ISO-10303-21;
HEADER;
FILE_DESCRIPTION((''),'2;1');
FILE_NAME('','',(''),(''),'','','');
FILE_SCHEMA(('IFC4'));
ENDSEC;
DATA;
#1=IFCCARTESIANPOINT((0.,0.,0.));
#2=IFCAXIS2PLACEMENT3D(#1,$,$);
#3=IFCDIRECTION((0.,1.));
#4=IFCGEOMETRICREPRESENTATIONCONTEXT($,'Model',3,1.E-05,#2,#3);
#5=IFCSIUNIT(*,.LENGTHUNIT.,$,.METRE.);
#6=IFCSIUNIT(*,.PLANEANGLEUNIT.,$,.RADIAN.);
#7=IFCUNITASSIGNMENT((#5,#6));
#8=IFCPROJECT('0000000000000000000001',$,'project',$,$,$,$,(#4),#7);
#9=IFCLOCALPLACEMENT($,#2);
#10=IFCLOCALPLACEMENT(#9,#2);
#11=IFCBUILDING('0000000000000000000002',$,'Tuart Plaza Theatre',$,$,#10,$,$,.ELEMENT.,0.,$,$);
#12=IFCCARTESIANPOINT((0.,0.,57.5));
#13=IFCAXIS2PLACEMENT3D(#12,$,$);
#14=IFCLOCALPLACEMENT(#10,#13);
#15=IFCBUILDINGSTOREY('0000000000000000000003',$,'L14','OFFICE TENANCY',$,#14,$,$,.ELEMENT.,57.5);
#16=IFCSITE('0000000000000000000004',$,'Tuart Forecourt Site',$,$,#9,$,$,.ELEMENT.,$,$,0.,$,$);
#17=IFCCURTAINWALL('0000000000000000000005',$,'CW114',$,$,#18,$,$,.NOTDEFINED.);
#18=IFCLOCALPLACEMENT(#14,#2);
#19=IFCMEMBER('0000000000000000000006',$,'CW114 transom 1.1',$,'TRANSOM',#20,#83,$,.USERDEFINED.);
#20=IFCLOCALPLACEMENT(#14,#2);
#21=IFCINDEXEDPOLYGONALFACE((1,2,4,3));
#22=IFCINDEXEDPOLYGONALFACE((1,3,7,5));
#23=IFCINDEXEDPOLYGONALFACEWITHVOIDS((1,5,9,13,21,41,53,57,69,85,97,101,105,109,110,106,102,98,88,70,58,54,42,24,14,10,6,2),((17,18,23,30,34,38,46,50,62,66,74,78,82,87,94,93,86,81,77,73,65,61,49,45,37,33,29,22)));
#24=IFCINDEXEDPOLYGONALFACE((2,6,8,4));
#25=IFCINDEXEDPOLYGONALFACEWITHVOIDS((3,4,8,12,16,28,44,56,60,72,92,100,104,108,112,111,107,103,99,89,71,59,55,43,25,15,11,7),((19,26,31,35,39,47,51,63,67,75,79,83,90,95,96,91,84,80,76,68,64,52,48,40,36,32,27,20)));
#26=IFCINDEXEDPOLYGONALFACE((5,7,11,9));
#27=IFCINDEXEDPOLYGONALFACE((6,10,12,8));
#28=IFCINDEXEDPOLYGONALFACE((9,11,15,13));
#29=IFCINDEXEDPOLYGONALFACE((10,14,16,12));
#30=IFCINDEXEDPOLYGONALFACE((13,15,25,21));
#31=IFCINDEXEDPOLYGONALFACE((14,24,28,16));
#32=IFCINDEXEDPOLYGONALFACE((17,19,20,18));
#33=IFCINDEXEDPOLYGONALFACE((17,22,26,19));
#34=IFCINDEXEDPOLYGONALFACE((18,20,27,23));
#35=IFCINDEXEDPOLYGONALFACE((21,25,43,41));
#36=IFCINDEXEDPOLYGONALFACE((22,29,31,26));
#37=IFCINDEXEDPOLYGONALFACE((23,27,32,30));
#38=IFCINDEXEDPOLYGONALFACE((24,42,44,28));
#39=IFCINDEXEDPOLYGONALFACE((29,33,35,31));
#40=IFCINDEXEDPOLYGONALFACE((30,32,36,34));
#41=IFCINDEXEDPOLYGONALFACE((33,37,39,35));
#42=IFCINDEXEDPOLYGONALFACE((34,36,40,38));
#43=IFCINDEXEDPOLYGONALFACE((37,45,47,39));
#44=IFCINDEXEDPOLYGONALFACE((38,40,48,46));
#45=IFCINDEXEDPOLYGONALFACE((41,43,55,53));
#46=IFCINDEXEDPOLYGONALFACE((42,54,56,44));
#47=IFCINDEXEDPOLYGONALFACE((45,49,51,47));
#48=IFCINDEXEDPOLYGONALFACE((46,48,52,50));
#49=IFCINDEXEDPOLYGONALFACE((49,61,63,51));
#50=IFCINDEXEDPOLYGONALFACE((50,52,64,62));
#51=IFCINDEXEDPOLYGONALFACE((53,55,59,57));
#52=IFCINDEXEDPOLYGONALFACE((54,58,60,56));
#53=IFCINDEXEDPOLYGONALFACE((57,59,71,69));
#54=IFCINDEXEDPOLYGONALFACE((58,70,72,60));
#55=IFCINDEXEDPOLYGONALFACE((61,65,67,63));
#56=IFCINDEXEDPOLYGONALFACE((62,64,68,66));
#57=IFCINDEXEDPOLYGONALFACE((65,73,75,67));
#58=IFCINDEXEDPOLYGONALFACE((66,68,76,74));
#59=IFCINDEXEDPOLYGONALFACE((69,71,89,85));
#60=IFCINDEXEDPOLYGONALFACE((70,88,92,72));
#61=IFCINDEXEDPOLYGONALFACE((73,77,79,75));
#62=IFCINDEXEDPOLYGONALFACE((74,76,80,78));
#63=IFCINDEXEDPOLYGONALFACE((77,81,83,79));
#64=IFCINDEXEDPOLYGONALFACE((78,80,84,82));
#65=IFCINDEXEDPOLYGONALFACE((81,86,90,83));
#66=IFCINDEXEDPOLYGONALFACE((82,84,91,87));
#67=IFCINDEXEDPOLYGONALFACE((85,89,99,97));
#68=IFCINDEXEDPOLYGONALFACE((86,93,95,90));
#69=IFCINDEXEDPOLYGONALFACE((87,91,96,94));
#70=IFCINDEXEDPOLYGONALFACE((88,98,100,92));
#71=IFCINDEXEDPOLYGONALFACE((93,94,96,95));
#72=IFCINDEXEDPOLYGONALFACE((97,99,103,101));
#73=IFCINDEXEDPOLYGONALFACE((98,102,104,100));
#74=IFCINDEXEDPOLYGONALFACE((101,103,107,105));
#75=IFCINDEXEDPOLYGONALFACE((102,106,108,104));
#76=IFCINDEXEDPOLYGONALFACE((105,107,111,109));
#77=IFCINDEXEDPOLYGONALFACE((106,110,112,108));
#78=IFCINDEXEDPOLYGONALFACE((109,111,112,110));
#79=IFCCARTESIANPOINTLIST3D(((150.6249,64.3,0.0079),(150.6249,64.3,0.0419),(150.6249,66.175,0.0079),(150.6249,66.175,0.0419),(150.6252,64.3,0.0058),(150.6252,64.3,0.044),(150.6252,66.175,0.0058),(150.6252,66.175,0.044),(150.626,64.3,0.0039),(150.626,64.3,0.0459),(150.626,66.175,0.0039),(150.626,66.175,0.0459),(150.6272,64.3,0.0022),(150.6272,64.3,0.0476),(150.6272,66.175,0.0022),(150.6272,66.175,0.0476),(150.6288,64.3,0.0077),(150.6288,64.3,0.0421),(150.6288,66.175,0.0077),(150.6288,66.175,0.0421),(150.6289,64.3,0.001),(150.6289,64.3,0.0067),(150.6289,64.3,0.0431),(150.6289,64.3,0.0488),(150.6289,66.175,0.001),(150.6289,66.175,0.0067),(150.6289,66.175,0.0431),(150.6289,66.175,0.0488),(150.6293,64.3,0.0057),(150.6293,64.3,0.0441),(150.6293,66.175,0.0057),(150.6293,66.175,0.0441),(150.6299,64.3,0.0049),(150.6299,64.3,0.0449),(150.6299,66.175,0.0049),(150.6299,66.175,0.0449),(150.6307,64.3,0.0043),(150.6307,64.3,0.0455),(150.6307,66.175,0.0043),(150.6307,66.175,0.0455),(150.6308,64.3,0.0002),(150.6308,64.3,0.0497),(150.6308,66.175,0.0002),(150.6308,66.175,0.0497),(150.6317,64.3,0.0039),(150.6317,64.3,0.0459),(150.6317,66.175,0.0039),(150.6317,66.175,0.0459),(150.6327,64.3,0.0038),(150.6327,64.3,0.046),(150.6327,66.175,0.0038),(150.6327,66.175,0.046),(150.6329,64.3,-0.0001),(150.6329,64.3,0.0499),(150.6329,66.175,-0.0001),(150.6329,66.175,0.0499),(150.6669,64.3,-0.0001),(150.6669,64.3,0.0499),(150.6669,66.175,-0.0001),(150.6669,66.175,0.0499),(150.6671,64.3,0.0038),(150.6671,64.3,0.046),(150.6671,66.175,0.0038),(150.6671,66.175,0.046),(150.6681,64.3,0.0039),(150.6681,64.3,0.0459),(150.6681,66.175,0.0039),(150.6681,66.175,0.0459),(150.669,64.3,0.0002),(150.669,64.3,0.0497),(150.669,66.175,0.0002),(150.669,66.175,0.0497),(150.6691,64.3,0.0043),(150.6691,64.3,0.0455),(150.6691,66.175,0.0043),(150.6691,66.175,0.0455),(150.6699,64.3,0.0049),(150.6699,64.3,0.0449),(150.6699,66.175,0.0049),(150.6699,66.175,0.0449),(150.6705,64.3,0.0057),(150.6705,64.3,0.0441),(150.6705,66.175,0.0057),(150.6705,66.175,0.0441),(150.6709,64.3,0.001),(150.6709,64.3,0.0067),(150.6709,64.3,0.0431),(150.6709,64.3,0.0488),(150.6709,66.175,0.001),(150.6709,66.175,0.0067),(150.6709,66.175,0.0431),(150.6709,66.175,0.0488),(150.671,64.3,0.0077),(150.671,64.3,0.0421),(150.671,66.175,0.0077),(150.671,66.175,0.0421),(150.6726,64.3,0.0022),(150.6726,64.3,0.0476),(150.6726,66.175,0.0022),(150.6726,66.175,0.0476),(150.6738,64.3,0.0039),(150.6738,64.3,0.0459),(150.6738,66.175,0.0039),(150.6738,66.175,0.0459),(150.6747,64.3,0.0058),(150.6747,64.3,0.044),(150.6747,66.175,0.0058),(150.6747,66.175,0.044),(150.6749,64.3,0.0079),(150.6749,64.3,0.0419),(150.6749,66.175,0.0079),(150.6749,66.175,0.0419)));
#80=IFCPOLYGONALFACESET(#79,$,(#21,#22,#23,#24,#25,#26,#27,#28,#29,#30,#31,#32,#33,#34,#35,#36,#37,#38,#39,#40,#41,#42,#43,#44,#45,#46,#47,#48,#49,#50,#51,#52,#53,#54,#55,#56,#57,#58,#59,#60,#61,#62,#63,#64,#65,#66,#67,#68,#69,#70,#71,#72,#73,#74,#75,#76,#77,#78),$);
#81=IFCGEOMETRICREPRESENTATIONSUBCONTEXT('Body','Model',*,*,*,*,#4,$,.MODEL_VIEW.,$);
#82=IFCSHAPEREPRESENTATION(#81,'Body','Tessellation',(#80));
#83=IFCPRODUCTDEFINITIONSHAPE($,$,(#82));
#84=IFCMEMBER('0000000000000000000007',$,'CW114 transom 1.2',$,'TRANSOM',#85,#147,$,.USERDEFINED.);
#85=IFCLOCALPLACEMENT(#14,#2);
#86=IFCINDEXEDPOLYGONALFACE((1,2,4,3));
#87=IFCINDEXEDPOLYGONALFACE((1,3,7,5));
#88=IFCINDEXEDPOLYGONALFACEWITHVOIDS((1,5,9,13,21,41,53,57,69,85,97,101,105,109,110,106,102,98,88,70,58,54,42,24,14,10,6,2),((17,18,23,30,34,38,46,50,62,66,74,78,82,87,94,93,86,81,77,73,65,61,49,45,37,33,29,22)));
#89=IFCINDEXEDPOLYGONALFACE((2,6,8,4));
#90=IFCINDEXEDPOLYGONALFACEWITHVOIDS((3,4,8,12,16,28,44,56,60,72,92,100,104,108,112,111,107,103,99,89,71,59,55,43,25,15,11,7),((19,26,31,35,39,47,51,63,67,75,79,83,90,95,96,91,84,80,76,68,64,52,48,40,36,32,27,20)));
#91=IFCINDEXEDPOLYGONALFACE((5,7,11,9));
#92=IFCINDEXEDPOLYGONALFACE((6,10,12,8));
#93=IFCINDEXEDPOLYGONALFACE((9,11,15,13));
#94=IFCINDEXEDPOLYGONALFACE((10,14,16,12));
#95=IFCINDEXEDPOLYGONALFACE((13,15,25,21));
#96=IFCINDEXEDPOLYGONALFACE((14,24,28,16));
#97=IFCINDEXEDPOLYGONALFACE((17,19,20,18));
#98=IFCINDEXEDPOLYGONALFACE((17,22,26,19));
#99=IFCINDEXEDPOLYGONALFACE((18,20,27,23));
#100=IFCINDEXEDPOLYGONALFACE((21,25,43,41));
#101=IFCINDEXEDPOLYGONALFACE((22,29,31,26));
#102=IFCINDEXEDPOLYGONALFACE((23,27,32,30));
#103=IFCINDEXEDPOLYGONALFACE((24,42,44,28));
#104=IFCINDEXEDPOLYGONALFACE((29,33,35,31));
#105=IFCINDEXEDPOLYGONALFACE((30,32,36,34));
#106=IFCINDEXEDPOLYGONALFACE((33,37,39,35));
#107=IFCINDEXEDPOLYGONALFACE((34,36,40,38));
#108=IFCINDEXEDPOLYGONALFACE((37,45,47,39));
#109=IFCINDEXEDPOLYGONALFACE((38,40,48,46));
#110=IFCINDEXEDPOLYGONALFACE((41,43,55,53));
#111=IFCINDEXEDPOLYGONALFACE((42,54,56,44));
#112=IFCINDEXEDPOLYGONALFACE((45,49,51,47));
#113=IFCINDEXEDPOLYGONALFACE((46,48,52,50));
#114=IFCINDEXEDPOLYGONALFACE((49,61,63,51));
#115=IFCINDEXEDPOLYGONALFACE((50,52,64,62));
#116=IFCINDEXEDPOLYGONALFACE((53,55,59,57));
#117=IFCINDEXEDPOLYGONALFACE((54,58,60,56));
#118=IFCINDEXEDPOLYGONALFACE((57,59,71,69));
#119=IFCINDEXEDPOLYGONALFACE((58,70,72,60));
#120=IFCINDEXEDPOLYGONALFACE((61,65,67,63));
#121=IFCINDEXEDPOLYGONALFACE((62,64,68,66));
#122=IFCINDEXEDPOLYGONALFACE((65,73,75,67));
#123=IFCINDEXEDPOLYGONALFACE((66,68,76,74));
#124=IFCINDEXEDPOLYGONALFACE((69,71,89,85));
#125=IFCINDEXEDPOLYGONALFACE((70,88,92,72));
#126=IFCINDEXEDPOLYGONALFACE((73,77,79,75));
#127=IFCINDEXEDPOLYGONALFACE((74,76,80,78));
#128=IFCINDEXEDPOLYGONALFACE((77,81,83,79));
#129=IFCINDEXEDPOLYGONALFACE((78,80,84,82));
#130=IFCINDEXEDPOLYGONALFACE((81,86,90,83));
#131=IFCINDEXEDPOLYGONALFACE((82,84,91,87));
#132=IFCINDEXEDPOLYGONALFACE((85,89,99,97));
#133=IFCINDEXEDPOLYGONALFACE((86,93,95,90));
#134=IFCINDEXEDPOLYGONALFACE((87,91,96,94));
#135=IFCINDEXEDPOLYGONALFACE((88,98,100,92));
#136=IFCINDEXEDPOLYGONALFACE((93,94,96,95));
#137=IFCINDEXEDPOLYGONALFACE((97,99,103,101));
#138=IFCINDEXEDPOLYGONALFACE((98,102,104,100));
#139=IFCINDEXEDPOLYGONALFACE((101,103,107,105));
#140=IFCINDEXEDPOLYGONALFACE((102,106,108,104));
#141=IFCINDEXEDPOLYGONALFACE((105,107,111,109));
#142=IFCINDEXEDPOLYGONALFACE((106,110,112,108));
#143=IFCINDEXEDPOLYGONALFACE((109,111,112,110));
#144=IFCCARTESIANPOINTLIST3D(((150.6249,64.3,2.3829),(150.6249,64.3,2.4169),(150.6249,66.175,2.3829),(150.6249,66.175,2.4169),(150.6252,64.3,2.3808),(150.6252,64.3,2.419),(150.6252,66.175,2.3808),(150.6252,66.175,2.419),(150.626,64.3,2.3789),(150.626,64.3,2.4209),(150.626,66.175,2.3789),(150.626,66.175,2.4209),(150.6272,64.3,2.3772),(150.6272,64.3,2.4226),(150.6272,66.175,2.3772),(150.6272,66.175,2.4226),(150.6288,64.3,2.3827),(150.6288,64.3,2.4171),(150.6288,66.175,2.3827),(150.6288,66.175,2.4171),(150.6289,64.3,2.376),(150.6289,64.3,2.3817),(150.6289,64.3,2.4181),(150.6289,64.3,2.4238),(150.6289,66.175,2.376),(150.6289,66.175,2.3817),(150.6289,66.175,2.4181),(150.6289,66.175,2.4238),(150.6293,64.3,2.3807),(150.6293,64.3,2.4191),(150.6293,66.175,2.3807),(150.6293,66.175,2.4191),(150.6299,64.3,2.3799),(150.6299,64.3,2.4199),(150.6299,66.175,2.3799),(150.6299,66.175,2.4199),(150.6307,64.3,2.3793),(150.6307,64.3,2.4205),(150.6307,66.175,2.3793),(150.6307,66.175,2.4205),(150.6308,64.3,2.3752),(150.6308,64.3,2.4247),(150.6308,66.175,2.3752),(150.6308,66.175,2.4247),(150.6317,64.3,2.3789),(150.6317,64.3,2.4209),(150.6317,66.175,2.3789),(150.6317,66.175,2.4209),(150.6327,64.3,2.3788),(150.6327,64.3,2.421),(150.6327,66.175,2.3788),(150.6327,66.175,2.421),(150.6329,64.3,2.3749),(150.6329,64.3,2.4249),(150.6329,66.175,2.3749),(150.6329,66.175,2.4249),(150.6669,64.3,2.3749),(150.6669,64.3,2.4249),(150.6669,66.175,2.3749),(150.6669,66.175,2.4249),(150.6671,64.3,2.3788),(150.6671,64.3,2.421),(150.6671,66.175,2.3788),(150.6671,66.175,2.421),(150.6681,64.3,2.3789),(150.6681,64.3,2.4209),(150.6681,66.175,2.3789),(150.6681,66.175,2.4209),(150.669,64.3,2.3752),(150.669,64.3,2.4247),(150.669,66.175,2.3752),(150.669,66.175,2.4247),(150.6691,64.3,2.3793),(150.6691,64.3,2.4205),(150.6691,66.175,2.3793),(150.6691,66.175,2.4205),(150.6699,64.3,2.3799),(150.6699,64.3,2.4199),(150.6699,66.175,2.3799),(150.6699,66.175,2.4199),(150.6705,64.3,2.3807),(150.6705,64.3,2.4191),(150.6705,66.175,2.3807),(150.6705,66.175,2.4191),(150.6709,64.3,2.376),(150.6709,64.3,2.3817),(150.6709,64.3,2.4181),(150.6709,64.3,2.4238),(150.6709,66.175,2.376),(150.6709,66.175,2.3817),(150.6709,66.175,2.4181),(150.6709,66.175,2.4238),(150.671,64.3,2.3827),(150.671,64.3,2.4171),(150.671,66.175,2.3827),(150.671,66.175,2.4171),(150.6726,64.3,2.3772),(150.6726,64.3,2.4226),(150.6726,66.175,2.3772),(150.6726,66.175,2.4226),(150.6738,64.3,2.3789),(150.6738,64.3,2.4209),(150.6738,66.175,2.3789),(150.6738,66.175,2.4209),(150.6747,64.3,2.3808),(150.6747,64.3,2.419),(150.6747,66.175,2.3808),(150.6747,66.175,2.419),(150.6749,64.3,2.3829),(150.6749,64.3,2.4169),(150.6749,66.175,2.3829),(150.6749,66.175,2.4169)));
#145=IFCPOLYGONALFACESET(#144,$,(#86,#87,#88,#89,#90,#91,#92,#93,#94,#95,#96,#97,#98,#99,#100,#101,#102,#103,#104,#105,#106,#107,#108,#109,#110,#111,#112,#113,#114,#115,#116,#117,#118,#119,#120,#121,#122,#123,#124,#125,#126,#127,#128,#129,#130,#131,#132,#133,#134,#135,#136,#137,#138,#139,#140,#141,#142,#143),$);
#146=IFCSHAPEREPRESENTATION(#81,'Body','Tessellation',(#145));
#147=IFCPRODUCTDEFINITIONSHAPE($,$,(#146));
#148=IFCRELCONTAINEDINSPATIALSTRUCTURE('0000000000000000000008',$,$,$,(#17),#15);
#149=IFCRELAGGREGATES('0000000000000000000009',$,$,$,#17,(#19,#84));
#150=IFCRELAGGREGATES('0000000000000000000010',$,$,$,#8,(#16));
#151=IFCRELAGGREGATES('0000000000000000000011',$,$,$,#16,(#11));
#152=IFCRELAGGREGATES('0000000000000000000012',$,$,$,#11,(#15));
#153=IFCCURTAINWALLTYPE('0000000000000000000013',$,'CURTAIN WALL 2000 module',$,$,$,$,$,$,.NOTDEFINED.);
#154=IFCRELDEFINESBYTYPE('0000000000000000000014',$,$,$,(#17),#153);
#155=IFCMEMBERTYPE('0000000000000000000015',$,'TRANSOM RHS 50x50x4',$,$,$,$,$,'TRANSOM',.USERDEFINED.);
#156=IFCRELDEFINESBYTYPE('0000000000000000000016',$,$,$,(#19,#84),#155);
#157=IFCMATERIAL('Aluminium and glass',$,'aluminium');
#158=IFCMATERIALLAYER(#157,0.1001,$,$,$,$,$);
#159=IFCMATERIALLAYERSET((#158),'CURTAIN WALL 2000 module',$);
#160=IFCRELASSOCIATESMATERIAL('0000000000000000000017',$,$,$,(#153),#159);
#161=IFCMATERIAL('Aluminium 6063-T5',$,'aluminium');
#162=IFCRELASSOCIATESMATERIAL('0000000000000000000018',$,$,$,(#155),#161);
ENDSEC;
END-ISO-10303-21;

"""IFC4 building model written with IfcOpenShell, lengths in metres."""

from ifc_helpers import new_model, si_unit, direction, frame, origin, origin_2d, place, context, subcontext, project, spatial, hollow_rectangle, extrude, material, layer, layer_set, material_profile, profile_set, type_object, element, aggregate, save


model = new_model("IFC4")

# Units and contexts
model_context = context("Model", 3, precision=1e-05, world=origin(), true_north=direction((0.0, 1.0)))
body_context = subcontext(model_context, "Body", "Model", "MODEL_VIEW")
ifc_project = project(units=[si_unit("LENGTHUNIT", "METRE"), si_unit("PLANEANGLEUNIT", "RADIAN")], contexts=[model_context])

# Site, building, storey
site_placement = place(None, origin())
site = spatial("IfcSite", under=ifc_project, at=site_placement, Name="Tuart Forecourt Site", CompositionType="ELEMENT", RefElevation=0.0)
building_placement = place(site_placement, origin())
building = spatial("IfcBuilding", under=site, at=building_placement, Name="Tuart Plaza Theatre", CompositionType="ELEMENT", ElevationOfRefHeight=0.0)
storey_placement = place(building_placement, frame((0.0, 0.0, 57.5)))
storey = spatial("IfcBuildingStorey", under=building, at=storey_placement, Name="L14", Description="OFFICE TENANCY", CompositionType="ELEMENT", Elevation=57.5)

# Shared definitions
ifc_material_1 = material(Name="Aluminium and glass", Category="aluminium")
ifc_layer_1 = layer(ifc_material_1, 0.1001)
ifc_layer_set_1 = layer_set([ifc_layer_1], Name="CURTAIN WALL 2000 module")
curtain_wall_type = type_object("IfcCurtainWallType", Name="CURTAIN WALL 2000 module", PredefinedType="NOTDEFINED", material=ifc_layer_set_1)

# Curtain wall, members
curtain_wall_1_placement = place(storey_placement, origin())
curtain_wall_1 = element("IfcCurtainWall", 1, at=curtain_wall_1_placement, inside=storey, type_object=curtain_wall_type, Name="CW114", PredefinedType="NOTDEFINED")
ifc_material_2 = material(Name="Aluminium 6063-T5", Category="aluminium")
ifc_material_profile_1 = material_profile(ifc_material_2, hollow_rectangle(XDim=0.05, YDim=0.05, WallThickness=0.0039, InnerFilletRadius=0.0039, OuterFilletRadius=0.0081, at=origin_2d()), Name="RHS 50x50x4")
ifc_profile_set_1 = profile_set([ifc_material_profile_1], Name="Aluminium 6063-T5")
member_type_1 = type_object("IfcMemberType", Name="TRANSOM RHS 50x50x4", ElementType="TRANSOM", PredefinedType="USERDEFINED", material=ifc_profile_set_1)
member_1_placement = place(storey_placement, frame((150.6499, 64.3, 0.0249), z_axis=(0.0, 1.0, 0.0), x_axis=(-1.0, 0.0, 0.0)))
member_1 = element("IfcMember", 2, at=member_1_placement, type_object=member_type_1, Name="CW114 transom 1.1", ObjectType="TRANSOM", PredefinedType="USERDEFINED", context=body_context, shape_type="SweptSolid", body=[
    extrude(hollow_rectangle(XDim=0.05, YDim=0.05, WallThickness=0.0039, InnerFilletRadius=0.0039, OuterFilletRadius=0.0081, at=origin_2d()), origin(), (0.0, 0.0, 1.0), 1.875),
])
member_2_placement = place(storey_placement, frame((150.6499, 64.3, 2.3999), z_axis=(0.0, 1.0, 0.0), x_axis=(-1.0, 0.0, 0.0)))
member_2 = element("IfcMember", 3, at=member_2_placement, type_object=member_type_1, Name="CW114 transom 1.2", ObjectType="TRANSOM", PredefinedType="USERDEFINED", context=body_context, shape_type="SweptSolid", body=[
    extrude(hollow_rectangle(XDim=0.05, YDim=0.05, WallThickness=0.0039, InnerFilletRadius=0.0039, OuterFilletRadius=0.0081, at=origin_2d()), origin(), (0.0, 0.0, 1.0), 1.875),
])

aggregate(curtain_wall_1, [member_1, member_2])

save(model, "model.ifc")
